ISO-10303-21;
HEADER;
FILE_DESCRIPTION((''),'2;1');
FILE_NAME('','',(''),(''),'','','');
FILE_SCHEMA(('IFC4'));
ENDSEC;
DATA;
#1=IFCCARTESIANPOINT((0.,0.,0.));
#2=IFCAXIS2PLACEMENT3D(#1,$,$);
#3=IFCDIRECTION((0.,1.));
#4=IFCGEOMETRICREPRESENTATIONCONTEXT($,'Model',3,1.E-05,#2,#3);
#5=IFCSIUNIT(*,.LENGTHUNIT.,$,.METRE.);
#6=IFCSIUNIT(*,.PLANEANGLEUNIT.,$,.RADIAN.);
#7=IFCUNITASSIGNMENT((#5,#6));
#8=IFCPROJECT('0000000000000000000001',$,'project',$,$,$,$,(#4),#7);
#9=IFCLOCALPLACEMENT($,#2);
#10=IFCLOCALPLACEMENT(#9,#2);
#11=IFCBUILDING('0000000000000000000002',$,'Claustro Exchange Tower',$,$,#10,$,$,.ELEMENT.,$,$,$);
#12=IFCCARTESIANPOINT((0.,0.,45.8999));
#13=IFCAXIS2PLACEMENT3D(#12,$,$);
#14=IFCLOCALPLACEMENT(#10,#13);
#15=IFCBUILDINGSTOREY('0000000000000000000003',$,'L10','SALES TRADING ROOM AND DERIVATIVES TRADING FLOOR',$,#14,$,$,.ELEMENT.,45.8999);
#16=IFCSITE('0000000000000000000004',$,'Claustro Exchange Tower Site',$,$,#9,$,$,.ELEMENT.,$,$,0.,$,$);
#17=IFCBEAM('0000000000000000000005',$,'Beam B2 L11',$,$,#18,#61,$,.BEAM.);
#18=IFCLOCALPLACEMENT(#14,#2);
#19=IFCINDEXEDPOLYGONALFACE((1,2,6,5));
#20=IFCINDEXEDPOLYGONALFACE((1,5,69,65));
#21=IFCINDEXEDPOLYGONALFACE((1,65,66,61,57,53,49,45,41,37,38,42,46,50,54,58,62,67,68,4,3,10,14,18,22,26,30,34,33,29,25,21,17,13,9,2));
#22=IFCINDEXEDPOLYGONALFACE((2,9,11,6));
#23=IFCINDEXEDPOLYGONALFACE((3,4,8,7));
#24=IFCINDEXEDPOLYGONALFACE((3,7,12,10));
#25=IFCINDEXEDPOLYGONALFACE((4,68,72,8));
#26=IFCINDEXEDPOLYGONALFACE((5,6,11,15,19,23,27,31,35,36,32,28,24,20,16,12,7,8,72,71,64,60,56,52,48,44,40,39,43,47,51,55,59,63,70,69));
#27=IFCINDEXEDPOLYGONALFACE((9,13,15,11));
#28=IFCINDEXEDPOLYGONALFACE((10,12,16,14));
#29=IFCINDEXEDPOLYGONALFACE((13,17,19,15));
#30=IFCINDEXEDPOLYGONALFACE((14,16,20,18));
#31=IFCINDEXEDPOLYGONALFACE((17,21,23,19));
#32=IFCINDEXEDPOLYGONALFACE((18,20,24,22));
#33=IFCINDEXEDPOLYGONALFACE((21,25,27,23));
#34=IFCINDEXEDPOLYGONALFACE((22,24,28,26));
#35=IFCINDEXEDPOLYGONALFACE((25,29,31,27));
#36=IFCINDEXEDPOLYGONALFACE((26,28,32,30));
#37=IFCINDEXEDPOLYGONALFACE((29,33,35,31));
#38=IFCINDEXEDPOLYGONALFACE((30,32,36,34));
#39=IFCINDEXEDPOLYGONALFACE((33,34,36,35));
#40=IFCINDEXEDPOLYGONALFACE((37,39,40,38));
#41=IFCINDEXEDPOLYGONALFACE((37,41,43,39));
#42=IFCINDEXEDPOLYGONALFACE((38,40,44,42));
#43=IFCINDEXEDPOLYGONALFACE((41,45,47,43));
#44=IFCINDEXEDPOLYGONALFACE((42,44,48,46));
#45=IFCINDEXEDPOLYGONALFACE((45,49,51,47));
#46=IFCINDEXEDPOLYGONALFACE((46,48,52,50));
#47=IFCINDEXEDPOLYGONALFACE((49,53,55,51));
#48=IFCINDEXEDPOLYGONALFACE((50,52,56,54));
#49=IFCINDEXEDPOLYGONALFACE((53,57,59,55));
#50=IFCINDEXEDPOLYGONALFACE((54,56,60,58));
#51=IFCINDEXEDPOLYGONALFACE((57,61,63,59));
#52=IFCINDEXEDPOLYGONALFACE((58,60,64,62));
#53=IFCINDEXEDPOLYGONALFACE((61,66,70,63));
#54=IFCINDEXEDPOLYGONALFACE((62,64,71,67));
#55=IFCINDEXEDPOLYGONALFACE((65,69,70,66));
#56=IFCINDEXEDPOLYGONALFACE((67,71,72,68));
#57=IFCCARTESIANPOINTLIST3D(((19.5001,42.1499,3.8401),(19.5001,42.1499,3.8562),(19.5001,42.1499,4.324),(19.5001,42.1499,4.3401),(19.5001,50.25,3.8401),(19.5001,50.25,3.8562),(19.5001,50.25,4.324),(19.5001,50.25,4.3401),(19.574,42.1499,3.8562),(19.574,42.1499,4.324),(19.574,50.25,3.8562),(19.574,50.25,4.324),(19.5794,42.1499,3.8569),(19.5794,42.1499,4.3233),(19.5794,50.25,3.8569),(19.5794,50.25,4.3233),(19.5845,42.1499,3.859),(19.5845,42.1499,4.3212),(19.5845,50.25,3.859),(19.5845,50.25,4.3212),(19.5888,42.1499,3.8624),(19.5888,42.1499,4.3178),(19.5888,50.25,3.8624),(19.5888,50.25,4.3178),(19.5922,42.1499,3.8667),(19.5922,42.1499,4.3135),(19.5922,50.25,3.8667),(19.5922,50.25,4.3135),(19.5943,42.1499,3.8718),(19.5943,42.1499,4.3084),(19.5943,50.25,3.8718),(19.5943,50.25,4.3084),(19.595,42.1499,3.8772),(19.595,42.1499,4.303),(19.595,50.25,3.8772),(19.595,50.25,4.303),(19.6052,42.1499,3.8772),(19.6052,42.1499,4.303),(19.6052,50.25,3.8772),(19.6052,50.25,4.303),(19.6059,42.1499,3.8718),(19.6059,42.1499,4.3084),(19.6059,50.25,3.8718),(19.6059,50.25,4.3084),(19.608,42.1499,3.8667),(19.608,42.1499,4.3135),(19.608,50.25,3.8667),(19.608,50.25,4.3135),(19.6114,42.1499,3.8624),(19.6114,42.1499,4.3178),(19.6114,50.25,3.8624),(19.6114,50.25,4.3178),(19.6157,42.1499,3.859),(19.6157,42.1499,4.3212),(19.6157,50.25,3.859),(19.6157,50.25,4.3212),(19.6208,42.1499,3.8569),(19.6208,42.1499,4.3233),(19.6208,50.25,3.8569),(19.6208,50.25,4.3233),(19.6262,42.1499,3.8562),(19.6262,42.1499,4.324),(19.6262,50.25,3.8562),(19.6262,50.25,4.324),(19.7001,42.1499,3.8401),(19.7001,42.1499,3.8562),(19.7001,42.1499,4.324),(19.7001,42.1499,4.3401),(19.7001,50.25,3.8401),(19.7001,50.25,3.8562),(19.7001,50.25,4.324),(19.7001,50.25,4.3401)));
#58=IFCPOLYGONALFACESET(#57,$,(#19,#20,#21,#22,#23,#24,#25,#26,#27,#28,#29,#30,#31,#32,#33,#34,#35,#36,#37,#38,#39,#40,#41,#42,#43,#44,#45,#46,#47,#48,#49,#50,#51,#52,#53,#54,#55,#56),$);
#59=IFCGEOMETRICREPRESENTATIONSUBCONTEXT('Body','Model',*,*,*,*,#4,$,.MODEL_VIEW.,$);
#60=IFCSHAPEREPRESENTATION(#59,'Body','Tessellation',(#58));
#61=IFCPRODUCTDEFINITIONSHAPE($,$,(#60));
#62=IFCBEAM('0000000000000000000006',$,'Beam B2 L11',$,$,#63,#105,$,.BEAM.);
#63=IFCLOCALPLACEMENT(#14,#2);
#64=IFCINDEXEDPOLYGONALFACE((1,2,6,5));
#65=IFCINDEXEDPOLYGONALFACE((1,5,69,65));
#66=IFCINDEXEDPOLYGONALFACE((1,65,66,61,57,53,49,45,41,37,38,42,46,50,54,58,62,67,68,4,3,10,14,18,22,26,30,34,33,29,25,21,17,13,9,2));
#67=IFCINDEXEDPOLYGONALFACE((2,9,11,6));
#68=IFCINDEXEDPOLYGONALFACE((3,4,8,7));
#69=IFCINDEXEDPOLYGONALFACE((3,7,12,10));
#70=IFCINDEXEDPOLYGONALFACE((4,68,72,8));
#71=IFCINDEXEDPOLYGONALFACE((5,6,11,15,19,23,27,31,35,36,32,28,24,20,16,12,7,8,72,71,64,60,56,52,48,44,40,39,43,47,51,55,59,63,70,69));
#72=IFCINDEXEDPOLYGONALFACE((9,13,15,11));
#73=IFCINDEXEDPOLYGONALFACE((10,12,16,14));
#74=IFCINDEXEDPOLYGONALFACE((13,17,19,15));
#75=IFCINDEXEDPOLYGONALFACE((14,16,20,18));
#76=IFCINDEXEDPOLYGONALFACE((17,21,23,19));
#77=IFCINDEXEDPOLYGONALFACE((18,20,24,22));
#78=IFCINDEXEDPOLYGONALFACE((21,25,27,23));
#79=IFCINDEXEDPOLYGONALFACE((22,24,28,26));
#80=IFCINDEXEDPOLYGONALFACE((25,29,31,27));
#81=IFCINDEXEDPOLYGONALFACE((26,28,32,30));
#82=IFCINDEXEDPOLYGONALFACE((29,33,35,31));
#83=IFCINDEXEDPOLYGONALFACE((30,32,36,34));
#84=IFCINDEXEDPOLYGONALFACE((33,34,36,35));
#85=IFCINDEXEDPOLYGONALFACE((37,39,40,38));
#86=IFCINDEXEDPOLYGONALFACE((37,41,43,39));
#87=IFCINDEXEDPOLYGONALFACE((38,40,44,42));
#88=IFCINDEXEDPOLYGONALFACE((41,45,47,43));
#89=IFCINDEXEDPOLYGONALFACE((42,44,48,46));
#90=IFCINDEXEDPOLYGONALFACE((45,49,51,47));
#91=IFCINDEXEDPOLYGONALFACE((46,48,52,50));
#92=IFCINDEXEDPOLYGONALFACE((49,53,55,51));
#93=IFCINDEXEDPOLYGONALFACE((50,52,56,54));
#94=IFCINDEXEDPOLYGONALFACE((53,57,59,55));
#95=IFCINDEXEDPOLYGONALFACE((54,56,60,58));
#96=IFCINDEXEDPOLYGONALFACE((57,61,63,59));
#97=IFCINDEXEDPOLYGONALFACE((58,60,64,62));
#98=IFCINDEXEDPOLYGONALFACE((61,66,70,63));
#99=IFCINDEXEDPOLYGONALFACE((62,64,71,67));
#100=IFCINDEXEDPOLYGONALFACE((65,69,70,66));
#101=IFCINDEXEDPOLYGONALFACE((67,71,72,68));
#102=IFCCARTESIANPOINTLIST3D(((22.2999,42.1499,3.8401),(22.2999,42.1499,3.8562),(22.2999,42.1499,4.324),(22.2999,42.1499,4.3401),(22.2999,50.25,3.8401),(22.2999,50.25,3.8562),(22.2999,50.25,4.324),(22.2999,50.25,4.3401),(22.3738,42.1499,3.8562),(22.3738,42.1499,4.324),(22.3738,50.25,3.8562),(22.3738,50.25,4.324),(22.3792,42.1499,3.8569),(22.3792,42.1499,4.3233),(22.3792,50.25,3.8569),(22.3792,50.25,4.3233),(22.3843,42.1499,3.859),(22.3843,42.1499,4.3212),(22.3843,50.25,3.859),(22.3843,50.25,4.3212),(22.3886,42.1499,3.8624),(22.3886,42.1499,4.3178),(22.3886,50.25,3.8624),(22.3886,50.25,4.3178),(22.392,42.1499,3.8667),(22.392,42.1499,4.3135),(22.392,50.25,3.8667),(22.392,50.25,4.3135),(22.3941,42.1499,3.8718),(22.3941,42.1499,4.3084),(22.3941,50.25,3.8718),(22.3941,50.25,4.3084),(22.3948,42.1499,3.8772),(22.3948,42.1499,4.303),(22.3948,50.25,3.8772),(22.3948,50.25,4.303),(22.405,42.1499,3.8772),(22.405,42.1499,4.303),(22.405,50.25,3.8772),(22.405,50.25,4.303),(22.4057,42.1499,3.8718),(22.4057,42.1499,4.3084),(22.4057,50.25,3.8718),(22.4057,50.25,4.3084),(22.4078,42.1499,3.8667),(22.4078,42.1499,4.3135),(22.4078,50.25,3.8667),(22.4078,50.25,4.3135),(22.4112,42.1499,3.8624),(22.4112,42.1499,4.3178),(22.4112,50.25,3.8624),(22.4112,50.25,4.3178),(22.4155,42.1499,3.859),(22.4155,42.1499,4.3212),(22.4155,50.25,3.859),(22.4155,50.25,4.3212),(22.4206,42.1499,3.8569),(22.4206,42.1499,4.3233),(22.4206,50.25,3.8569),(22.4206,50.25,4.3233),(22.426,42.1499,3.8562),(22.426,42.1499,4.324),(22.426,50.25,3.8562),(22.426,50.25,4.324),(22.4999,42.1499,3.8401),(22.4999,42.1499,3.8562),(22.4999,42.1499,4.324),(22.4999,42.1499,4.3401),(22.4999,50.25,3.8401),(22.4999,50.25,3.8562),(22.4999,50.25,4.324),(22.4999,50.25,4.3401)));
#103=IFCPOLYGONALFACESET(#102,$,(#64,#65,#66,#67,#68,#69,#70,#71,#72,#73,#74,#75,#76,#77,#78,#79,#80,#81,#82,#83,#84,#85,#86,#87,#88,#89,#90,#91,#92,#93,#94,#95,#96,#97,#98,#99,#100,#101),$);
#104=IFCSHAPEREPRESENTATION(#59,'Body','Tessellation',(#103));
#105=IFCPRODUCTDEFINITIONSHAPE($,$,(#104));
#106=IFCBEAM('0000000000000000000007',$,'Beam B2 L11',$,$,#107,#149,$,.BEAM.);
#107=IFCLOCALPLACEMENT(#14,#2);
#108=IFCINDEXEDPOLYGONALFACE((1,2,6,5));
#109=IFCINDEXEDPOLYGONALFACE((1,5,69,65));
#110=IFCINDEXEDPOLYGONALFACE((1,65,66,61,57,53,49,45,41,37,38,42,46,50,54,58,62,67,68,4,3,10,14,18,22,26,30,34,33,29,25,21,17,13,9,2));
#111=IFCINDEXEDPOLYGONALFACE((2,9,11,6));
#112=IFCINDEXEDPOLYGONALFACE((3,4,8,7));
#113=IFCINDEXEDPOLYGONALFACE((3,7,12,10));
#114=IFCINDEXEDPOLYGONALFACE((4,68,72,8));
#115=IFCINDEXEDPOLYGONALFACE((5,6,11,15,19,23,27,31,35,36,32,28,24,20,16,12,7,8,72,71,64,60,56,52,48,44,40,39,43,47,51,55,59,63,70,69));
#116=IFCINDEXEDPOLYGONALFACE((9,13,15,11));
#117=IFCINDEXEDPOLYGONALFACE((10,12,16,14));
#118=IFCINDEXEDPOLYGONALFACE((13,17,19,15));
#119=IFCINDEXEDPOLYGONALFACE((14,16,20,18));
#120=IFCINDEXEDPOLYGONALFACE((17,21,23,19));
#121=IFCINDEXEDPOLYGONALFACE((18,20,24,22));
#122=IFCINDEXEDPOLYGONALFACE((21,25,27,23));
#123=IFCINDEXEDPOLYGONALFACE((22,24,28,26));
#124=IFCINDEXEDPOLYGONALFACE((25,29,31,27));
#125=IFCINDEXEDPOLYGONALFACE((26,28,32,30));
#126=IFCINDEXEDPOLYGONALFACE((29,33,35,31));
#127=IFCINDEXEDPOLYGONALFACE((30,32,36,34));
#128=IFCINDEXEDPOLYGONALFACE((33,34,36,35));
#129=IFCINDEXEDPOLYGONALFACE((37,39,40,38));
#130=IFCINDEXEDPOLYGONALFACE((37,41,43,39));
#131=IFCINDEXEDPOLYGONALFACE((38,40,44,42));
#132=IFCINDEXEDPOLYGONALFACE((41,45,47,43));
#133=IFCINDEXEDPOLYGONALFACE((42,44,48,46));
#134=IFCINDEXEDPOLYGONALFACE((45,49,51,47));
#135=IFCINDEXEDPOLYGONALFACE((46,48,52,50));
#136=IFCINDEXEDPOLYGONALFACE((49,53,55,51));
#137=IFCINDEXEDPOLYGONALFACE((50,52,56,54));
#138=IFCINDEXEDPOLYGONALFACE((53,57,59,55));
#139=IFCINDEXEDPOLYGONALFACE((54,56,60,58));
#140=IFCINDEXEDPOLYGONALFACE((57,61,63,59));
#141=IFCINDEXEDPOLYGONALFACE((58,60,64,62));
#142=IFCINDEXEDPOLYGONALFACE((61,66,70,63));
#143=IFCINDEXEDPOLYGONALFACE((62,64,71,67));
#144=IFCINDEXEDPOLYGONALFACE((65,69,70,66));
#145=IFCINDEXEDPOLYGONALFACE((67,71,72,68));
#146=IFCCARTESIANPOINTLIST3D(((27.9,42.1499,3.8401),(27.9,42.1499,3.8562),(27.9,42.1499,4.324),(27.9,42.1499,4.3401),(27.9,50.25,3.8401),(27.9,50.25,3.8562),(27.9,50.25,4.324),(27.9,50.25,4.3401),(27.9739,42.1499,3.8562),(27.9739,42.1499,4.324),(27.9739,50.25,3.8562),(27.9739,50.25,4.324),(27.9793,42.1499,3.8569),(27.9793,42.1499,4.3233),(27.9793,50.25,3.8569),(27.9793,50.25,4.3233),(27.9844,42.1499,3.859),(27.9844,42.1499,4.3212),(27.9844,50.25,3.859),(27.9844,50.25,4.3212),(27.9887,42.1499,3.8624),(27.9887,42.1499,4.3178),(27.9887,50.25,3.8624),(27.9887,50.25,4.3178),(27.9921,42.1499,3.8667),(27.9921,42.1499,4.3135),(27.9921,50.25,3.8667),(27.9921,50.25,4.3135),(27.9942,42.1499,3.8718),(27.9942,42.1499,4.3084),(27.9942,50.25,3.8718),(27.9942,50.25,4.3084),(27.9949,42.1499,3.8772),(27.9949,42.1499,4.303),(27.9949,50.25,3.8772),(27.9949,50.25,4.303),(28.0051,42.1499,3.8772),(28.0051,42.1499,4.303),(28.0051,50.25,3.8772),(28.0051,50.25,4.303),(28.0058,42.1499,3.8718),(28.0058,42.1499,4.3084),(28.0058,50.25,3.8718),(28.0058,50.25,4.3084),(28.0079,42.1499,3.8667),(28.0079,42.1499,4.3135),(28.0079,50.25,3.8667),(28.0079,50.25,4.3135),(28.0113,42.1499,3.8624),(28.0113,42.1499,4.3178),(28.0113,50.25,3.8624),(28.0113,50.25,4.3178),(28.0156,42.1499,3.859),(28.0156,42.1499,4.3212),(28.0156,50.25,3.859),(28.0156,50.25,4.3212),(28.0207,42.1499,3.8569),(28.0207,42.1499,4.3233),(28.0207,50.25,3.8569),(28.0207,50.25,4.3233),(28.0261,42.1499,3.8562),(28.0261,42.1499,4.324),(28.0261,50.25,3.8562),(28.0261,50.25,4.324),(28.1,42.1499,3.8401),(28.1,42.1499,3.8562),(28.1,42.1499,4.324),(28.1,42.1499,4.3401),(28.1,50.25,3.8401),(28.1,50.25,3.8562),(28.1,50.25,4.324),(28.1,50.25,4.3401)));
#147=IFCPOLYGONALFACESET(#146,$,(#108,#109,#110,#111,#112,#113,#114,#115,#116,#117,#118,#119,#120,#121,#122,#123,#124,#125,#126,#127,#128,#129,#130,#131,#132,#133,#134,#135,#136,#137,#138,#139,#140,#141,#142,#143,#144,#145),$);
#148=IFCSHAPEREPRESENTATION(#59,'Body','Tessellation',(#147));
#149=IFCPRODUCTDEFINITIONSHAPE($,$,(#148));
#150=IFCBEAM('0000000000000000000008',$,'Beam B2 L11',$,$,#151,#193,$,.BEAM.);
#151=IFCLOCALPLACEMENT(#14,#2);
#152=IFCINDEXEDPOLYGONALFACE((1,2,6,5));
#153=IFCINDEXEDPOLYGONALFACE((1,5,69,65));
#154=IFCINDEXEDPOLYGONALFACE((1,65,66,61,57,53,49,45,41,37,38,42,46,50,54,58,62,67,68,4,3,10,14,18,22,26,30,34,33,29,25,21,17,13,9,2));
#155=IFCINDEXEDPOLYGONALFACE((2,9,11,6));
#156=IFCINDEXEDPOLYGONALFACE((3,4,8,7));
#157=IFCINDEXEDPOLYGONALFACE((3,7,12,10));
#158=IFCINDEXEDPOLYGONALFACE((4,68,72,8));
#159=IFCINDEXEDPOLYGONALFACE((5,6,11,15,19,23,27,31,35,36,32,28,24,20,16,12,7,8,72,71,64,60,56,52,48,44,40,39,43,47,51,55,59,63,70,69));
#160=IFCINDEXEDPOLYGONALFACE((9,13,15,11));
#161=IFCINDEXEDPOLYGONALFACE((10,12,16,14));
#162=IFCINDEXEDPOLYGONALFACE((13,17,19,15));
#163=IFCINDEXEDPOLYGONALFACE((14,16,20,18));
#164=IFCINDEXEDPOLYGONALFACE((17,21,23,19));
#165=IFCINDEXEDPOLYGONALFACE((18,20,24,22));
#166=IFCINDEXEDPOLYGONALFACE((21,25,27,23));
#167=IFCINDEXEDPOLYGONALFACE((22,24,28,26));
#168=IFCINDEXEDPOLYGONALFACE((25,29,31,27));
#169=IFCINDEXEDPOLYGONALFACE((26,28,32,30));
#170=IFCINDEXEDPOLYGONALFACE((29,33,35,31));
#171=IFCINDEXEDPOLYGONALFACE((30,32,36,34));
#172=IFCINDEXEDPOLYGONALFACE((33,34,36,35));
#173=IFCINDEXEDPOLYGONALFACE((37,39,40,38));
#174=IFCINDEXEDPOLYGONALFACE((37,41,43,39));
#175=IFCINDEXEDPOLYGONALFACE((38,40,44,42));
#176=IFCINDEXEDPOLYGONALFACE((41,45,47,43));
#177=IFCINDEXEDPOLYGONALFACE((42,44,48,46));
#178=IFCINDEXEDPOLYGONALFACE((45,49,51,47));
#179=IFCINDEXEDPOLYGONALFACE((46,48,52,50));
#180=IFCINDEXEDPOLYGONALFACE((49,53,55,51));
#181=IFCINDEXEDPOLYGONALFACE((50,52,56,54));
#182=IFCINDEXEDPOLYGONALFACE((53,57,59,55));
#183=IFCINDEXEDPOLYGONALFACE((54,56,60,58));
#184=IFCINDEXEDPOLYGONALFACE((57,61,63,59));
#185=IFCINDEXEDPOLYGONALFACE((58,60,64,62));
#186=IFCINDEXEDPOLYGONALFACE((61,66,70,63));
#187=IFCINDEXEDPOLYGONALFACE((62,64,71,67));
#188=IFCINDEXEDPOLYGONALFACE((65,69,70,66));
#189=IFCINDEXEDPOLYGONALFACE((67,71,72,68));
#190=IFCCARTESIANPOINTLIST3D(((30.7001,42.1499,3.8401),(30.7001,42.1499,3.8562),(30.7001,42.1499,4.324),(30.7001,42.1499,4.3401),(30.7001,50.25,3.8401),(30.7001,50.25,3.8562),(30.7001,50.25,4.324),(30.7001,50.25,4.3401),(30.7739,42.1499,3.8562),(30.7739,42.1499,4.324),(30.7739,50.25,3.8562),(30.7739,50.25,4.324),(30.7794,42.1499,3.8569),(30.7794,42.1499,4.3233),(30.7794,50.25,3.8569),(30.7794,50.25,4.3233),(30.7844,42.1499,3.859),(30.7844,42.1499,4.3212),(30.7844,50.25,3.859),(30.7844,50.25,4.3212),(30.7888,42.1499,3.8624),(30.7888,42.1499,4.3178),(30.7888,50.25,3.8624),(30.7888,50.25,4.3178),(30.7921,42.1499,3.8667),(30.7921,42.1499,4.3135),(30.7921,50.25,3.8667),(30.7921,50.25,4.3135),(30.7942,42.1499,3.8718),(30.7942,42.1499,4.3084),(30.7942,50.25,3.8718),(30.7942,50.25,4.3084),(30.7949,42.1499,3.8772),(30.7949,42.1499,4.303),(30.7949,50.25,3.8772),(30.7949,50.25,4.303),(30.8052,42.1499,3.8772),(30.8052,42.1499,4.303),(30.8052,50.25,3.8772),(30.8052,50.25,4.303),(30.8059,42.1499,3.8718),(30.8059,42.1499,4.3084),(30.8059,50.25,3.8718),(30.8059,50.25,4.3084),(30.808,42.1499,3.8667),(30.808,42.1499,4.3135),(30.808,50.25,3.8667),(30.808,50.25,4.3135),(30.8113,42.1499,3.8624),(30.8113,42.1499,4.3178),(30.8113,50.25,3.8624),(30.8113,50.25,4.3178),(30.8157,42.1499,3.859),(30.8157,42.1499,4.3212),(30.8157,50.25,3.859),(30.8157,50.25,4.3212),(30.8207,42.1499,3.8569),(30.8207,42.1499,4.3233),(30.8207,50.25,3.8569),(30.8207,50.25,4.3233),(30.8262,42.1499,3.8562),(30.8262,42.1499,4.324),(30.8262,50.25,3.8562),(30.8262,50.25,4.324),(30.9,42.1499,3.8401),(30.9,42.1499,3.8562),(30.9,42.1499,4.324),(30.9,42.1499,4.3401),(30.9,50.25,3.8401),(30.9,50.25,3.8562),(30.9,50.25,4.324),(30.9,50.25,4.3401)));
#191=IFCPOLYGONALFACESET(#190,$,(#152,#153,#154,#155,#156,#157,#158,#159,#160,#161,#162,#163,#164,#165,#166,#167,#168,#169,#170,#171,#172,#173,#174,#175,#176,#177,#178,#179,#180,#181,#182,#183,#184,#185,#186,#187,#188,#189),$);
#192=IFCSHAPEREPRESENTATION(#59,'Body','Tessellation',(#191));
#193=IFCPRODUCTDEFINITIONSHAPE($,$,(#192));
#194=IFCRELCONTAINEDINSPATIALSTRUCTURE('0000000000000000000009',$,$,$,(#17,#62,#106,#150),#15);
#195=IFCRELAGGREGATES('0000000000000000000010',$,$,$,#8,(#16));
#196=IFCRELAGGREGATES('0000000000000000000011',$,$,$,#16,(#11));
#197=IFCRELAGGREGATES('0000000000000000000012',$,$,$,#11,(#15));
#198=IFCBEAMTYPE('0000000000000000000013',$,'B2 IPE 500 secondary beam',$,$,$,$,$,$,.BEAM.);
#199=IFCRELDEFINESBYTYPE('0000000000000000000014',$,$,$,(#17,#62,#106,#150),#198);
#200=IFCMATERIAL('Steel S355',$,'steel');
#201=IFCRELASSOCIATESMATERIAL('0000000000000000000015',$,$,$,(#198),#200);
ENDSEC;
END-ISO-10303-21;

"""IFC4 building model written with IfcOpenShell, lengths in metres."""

from ifc_helpers import new_model, si_unit, direction, frame, origin, origin_2d, place, context, subcontext, project, spatial, i_section, extrude, material, material_profile, profile_set, type_object, element, save


model = new_model("IFC4")

# Units and contexts
model_context = context("Model", 3, precision=1e-05, world=origin(), true_north=direction((0.0, 1.0)))
body_context = subcontext(model_context, "Body", "Model", "MODEL_VIEW")
ifc_project = project(units=[si_unit("LENGTHUNIT", "METRE"), si_unit("PLANEANGLEUNIT", "RADIAN")], contexts=[model_context])

# Site, building, storey
site_placement = place(None, origin())
site = spatial("IfcSite", under=ifc_project, at=site_placement, Name="Claustro Exchange Tower Site", CompositionType="ELEMENT", RefElevation=0.0)
building_placement = place(site_placement, origin())
building = spatial("IfcBuilding", under=site, at=building_placement, Name="Claustro Exchange Tower", CompositionType="ELEMENT")
storey_placement = place(building_placement, frame((0.0, 0.0, 45.8999)))
storey = spatial("IfcBuildingStorey", under=building, at=storey_placement, Name="L10", Description="SALES TRADING ROOM AND DERIVATIVES TRADING FLOOR", CompositionType="ELEMENT", Elevation=45.8999)

# Beams
ifc_material_1 = material(Name="Steel S355", Category="steel")
ifc_material_profile_1 = material_profile(ifc_material_1, i_section(OverallWidth=0.2, OverallDepth=0.5, WebThickness=0.0103, FlangeThickness=0.0161, FilletRadius=0.021, at=origin_2d()), Name="IPE 500")
ifc_profile_set_1 = profile_set([ifc_material_profile_1], Name="Steel S355")
beam_type_1 = type_object("IfcBeamType", Name="B2 IPE 500 secondary beam", PredefinedType="BEAM", material=ifc_profile_set_1)
for number, where, z_axis, x_axis, name in (
    (1, (19.6001, 42.1499, 4.0901), (0.0, 1.0, 0.0), (-1.0, 0.0, 0.0), "Beam B2 L11"),
    (2, (22.3999, 42.1499, 4.0901), (0.0, 1.0, 0.0), (-1.0, 0.0, 0.0), "Beam B2 L11"),
    (3, (28.0, 42.1499, 4.0901), (0.0, 1.0, 0.0), (-1.0, 0.0, 0.0), "Beam B2 L11"),
    (4, (30.8, 42.1499, 4.0901), (0.0, 1.0, 0.0), (-1.0, 0.0, 0.0), "Beam B2 L11"),
):
    element("IfcBeam", number, at=place(storey_placement, frame(where, z_axis=z_axis, x_axis=x_axis)), inside=storey, type_object=beam_type_1, Name=name, PredefinedType="BEAM", context=body_context, shape_type="SweptSolid", body=[
        extrude(i_section(OverallWidth=0.2, OverallDepth=0.5, WebThickness=0.0103, FlangeThickness=0.0161, FilletRadius=0.021, at=origin_2d()), origin(), (0.0, 0.0, 1.0), 8.1001),
    ])

save(model, "model.ifc")
